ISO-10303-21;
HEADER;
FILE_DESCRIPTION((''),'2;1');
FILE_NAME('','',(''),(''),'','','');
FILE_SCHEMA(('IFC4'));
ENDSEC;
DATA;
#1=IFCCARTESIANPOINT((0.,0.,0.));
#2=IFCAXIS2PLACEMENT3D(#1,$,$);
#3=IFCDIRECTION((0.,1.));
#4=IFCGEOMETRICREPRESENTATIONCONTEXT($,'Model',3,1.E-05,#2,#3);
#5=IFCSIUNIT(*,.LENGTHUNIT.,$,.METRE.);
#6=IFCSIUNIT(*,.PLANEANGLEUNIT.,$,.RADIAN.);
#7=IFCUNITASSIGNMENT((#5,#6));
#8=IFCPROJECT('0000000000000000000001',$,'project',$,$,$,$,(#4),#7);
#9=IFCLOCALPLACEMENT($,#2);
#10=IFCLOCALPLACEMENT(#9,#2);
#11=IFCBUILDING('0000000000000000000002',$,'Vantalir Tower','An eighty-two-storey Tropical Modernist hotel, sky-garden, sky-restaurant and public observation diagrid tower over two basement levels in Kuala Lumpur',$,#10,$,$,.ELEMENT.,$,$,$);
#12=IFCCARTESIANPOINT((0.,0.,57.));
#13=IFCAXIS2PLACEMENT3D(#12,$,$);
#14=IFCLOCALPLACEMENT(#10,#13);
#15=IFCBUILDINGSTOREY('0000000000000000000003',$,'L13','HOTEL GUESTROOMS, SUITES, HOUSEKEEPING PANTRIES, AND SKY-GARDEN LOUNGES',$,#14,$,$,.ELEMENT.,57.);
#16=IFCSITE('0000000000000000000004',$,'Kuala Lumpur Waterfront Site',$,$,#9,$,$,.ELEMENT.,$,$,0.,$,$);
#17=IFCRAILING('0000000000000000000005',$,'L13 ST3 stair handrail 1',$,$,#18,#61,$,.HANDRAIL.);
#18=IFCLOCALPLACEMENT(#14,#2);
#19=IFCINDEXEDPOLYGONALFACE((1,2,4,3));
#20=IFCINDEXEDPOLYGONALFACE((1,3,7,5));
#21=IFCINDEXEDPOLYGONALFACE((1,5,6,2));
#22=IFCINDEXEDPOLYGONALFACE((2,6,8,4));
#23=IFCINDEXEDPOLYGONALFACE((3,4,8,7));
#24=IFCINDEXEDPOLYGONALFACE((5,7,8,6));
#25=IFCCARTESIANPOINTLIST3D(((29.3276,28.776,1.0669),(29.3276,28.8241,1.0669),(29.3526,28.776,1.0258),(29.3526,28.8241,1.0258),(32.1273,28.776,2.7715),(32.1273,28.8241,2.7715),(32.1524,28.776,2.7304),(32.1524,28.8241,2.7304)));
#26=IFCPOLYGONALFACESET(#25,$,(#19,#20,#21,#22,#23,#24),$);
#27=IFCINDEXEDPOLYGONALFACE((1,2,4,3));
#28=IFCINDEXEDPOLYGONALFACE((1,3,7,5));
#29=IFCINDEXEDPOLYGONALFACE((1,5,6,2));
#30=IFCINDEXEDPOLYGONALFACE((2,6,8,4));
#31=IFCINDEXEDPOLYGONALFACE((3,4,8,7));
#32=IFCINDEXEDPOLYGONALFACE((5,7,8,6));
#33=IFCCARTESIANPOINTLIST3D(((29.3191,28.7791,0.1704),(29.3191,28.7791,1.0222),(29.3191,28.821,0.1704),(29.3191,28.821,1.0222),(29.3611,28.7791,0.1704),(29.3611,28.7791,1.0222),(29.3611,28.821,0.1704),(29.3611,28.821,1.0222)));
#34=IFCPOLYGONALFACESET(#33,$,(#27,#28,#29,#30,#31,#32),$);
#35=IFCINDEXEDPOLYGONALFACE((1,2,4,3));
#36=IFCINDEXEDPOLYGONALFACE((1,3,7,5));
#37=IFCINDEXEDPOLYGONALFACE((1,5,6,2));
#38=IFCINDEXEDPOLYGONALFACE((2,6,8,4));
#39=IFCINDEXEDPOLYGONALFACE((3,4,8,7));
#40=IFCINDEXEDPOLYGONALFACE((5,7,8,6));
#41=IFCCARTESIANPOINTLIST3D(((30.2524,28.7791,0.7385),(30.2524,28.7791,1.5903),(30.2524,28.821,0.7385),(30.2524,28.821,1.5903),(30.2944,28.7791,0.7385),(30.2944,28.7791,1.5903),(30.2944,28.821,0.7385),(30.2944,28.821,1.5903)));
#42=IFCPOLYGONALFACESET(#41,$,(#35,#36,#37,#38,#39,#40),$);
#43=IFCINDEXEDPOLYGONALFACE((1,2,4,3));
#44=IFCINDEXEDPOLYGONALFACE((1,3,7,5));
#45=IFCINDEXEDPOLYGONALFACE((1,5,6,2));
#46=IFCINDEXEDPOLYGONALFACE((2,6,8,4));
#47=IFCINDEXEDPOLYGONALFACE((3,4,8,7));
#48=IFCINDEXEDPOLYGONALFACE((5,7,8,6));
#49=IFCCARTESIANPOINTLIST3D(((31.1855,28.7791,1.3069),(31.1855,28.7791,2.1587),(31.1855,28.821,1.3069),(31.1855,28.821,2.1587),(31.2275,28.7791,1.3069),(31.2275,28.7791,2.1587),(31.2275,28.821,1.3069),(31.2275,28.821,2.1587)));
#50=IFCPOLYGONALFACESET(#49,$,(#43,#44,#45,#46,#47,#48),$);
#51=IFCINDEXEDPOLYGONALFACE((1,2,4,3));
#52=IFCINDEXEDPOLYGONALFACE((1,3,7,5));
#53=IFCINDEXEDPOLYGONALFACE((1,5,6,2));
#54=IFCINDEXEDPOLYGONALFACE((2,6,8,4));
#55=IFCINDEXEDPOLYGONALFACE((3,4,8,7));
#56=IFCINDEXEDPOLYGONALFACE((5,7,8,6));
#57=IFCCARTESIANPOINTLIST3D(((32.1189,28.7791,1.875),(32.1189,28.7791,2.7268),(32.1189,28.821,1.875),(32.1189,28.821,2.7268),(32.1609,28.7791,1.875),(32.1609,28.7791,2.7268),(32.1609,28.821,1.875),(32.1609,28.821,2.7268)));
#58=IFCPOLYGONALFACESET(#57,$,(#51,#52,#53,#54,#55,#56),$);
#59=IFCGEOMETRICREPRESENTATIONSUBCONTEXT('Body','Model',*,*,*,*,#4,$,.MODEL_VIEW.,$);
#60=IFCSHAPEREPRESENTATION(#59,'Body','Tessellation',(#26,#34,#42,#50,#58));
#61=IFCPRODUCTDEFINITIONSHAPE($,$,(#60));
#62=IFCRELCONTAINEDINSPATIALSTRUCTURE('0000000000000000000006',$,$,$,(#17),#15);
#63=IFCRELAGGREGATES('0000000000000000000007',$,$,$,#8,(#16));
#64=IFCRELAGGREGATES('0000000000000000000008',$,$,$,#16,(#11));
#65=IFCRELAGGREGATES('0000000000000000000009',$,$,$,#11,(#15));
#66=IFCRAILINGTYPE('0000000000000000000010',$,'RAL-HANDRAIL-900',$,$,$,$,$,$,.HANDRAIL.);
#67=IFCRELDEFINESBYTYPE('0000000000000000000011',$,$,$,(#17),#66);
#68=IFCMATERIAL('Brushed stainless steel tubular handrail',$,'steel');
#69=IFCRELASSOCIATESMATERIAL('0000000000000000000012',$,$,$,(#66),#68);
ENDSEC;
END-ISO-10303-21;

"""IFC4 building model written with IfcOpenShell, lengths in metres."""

from ifc_helpers import new_model, si_unit, direction, frame, origin, origin_2d, place, context, subcontext, project, spatial, rectangle, extrude, material, type_object, element, save


model = new_model("IFC4")

# Units and contexts
model_context = context("Model", 3, precision=1e-05, world=origin(), true_north=direction((0.0, 1.0)))
body_context = subcontext(model_context, "Body", "Model", "MODEL_VIEW")
ifc_project = project(units=[si_unit("LENGTHUNIT", "METRE"), si_unit("PLANEANGLEUNIT", "RADIAN")], contexts=[model_context])

# Site, building, storey
site_placement = place(None, origin())
site = spatial("IfcSite", under=ifc_project, at=site_placement, Name="Kuala Lumpur Waterfront Site", CompositionType="ELEMENT", RefElevation=0.0)
building_placement = place(site_placement, origin())
building = spatial("IfcBuilding", under=site, at=building_placement, Name="Vantalir Tower", Description="An eighty-two-storey Tropical Modernist hotel, sky-garden, sky-restaurant and public observation diagrid tower over two basement levels in Kuala Lumpur", CompositionType="ELEMENT")
storey_placement = place(building_placement, frame((0.0, 0.0, 57.0)))
storey = spatial("IfcBuildingStorey", under=building, at=storey_placement, Name="L13", Description="HOTEL GUESTROOMS, SUITES, HOUSEKEEPING PANTRIES, AND SKY-GARDEN LOUNGES", CompositionType="ELEMENT", Elevation=57.0)

# Railing
ifc_material_1 = material(Name="Brushed stainless steel tubular handrail", Category="steel")
railing_type_1 = type_object("IfcRailingType", Name="RAL-HANDRAIL-900", PredefinedType="HANDRAIL", material=ifc_material_1)
railing_1_placement = place(storey_placement, frame((29.3401, 28.8, 0.1704)))
element("IfcRailing", 1, at=railing_1_placement, inside=storey, type_object=railing_type_1, Name="L13 ST3 stair handrail 1", PredefinedType="HANDRAIL", context=body_context, shape_type="SweptSolid", body=[
    extrude(rectangle(XDim=0.0481, YDim=0.0481, at=origin_2d()), frame((0.0, 0.0, 0.876), z_axis=(0.85415, 0.0, 0.520027), x_axis=(0.0, 1.0, 0.0)), (0.0, 0.0, 1.0), 3.2778),
    extrude(rectangle(XDim=0.042, YDim=0.042, at=origin_2d()), origin(), (0.0, 0.0, 1.0), 0.8518),
    extrude(rectangle(XDim=0.042, YDim=0.042, at=origin_2d()), frame((0.9333, 0.0, 0.5681)), (0.0, 0.0, 1.0), 0.8518),
    extrude(rectangle(XDim=0.042, YDim=0.042, at=origin_2d()), frame((1.8665, 0.0, 1.1365)), (0.0, 0.0, 1.0), 0.8518),
    extrude(rectangle(XDim=0.042, YDim=0.042, at=origin_2d()), frame((2.7998, 0.0, 1.7046)), (0.0, 0.0, 1.0), 0.8518),
])

save(model, "model.ifc")
